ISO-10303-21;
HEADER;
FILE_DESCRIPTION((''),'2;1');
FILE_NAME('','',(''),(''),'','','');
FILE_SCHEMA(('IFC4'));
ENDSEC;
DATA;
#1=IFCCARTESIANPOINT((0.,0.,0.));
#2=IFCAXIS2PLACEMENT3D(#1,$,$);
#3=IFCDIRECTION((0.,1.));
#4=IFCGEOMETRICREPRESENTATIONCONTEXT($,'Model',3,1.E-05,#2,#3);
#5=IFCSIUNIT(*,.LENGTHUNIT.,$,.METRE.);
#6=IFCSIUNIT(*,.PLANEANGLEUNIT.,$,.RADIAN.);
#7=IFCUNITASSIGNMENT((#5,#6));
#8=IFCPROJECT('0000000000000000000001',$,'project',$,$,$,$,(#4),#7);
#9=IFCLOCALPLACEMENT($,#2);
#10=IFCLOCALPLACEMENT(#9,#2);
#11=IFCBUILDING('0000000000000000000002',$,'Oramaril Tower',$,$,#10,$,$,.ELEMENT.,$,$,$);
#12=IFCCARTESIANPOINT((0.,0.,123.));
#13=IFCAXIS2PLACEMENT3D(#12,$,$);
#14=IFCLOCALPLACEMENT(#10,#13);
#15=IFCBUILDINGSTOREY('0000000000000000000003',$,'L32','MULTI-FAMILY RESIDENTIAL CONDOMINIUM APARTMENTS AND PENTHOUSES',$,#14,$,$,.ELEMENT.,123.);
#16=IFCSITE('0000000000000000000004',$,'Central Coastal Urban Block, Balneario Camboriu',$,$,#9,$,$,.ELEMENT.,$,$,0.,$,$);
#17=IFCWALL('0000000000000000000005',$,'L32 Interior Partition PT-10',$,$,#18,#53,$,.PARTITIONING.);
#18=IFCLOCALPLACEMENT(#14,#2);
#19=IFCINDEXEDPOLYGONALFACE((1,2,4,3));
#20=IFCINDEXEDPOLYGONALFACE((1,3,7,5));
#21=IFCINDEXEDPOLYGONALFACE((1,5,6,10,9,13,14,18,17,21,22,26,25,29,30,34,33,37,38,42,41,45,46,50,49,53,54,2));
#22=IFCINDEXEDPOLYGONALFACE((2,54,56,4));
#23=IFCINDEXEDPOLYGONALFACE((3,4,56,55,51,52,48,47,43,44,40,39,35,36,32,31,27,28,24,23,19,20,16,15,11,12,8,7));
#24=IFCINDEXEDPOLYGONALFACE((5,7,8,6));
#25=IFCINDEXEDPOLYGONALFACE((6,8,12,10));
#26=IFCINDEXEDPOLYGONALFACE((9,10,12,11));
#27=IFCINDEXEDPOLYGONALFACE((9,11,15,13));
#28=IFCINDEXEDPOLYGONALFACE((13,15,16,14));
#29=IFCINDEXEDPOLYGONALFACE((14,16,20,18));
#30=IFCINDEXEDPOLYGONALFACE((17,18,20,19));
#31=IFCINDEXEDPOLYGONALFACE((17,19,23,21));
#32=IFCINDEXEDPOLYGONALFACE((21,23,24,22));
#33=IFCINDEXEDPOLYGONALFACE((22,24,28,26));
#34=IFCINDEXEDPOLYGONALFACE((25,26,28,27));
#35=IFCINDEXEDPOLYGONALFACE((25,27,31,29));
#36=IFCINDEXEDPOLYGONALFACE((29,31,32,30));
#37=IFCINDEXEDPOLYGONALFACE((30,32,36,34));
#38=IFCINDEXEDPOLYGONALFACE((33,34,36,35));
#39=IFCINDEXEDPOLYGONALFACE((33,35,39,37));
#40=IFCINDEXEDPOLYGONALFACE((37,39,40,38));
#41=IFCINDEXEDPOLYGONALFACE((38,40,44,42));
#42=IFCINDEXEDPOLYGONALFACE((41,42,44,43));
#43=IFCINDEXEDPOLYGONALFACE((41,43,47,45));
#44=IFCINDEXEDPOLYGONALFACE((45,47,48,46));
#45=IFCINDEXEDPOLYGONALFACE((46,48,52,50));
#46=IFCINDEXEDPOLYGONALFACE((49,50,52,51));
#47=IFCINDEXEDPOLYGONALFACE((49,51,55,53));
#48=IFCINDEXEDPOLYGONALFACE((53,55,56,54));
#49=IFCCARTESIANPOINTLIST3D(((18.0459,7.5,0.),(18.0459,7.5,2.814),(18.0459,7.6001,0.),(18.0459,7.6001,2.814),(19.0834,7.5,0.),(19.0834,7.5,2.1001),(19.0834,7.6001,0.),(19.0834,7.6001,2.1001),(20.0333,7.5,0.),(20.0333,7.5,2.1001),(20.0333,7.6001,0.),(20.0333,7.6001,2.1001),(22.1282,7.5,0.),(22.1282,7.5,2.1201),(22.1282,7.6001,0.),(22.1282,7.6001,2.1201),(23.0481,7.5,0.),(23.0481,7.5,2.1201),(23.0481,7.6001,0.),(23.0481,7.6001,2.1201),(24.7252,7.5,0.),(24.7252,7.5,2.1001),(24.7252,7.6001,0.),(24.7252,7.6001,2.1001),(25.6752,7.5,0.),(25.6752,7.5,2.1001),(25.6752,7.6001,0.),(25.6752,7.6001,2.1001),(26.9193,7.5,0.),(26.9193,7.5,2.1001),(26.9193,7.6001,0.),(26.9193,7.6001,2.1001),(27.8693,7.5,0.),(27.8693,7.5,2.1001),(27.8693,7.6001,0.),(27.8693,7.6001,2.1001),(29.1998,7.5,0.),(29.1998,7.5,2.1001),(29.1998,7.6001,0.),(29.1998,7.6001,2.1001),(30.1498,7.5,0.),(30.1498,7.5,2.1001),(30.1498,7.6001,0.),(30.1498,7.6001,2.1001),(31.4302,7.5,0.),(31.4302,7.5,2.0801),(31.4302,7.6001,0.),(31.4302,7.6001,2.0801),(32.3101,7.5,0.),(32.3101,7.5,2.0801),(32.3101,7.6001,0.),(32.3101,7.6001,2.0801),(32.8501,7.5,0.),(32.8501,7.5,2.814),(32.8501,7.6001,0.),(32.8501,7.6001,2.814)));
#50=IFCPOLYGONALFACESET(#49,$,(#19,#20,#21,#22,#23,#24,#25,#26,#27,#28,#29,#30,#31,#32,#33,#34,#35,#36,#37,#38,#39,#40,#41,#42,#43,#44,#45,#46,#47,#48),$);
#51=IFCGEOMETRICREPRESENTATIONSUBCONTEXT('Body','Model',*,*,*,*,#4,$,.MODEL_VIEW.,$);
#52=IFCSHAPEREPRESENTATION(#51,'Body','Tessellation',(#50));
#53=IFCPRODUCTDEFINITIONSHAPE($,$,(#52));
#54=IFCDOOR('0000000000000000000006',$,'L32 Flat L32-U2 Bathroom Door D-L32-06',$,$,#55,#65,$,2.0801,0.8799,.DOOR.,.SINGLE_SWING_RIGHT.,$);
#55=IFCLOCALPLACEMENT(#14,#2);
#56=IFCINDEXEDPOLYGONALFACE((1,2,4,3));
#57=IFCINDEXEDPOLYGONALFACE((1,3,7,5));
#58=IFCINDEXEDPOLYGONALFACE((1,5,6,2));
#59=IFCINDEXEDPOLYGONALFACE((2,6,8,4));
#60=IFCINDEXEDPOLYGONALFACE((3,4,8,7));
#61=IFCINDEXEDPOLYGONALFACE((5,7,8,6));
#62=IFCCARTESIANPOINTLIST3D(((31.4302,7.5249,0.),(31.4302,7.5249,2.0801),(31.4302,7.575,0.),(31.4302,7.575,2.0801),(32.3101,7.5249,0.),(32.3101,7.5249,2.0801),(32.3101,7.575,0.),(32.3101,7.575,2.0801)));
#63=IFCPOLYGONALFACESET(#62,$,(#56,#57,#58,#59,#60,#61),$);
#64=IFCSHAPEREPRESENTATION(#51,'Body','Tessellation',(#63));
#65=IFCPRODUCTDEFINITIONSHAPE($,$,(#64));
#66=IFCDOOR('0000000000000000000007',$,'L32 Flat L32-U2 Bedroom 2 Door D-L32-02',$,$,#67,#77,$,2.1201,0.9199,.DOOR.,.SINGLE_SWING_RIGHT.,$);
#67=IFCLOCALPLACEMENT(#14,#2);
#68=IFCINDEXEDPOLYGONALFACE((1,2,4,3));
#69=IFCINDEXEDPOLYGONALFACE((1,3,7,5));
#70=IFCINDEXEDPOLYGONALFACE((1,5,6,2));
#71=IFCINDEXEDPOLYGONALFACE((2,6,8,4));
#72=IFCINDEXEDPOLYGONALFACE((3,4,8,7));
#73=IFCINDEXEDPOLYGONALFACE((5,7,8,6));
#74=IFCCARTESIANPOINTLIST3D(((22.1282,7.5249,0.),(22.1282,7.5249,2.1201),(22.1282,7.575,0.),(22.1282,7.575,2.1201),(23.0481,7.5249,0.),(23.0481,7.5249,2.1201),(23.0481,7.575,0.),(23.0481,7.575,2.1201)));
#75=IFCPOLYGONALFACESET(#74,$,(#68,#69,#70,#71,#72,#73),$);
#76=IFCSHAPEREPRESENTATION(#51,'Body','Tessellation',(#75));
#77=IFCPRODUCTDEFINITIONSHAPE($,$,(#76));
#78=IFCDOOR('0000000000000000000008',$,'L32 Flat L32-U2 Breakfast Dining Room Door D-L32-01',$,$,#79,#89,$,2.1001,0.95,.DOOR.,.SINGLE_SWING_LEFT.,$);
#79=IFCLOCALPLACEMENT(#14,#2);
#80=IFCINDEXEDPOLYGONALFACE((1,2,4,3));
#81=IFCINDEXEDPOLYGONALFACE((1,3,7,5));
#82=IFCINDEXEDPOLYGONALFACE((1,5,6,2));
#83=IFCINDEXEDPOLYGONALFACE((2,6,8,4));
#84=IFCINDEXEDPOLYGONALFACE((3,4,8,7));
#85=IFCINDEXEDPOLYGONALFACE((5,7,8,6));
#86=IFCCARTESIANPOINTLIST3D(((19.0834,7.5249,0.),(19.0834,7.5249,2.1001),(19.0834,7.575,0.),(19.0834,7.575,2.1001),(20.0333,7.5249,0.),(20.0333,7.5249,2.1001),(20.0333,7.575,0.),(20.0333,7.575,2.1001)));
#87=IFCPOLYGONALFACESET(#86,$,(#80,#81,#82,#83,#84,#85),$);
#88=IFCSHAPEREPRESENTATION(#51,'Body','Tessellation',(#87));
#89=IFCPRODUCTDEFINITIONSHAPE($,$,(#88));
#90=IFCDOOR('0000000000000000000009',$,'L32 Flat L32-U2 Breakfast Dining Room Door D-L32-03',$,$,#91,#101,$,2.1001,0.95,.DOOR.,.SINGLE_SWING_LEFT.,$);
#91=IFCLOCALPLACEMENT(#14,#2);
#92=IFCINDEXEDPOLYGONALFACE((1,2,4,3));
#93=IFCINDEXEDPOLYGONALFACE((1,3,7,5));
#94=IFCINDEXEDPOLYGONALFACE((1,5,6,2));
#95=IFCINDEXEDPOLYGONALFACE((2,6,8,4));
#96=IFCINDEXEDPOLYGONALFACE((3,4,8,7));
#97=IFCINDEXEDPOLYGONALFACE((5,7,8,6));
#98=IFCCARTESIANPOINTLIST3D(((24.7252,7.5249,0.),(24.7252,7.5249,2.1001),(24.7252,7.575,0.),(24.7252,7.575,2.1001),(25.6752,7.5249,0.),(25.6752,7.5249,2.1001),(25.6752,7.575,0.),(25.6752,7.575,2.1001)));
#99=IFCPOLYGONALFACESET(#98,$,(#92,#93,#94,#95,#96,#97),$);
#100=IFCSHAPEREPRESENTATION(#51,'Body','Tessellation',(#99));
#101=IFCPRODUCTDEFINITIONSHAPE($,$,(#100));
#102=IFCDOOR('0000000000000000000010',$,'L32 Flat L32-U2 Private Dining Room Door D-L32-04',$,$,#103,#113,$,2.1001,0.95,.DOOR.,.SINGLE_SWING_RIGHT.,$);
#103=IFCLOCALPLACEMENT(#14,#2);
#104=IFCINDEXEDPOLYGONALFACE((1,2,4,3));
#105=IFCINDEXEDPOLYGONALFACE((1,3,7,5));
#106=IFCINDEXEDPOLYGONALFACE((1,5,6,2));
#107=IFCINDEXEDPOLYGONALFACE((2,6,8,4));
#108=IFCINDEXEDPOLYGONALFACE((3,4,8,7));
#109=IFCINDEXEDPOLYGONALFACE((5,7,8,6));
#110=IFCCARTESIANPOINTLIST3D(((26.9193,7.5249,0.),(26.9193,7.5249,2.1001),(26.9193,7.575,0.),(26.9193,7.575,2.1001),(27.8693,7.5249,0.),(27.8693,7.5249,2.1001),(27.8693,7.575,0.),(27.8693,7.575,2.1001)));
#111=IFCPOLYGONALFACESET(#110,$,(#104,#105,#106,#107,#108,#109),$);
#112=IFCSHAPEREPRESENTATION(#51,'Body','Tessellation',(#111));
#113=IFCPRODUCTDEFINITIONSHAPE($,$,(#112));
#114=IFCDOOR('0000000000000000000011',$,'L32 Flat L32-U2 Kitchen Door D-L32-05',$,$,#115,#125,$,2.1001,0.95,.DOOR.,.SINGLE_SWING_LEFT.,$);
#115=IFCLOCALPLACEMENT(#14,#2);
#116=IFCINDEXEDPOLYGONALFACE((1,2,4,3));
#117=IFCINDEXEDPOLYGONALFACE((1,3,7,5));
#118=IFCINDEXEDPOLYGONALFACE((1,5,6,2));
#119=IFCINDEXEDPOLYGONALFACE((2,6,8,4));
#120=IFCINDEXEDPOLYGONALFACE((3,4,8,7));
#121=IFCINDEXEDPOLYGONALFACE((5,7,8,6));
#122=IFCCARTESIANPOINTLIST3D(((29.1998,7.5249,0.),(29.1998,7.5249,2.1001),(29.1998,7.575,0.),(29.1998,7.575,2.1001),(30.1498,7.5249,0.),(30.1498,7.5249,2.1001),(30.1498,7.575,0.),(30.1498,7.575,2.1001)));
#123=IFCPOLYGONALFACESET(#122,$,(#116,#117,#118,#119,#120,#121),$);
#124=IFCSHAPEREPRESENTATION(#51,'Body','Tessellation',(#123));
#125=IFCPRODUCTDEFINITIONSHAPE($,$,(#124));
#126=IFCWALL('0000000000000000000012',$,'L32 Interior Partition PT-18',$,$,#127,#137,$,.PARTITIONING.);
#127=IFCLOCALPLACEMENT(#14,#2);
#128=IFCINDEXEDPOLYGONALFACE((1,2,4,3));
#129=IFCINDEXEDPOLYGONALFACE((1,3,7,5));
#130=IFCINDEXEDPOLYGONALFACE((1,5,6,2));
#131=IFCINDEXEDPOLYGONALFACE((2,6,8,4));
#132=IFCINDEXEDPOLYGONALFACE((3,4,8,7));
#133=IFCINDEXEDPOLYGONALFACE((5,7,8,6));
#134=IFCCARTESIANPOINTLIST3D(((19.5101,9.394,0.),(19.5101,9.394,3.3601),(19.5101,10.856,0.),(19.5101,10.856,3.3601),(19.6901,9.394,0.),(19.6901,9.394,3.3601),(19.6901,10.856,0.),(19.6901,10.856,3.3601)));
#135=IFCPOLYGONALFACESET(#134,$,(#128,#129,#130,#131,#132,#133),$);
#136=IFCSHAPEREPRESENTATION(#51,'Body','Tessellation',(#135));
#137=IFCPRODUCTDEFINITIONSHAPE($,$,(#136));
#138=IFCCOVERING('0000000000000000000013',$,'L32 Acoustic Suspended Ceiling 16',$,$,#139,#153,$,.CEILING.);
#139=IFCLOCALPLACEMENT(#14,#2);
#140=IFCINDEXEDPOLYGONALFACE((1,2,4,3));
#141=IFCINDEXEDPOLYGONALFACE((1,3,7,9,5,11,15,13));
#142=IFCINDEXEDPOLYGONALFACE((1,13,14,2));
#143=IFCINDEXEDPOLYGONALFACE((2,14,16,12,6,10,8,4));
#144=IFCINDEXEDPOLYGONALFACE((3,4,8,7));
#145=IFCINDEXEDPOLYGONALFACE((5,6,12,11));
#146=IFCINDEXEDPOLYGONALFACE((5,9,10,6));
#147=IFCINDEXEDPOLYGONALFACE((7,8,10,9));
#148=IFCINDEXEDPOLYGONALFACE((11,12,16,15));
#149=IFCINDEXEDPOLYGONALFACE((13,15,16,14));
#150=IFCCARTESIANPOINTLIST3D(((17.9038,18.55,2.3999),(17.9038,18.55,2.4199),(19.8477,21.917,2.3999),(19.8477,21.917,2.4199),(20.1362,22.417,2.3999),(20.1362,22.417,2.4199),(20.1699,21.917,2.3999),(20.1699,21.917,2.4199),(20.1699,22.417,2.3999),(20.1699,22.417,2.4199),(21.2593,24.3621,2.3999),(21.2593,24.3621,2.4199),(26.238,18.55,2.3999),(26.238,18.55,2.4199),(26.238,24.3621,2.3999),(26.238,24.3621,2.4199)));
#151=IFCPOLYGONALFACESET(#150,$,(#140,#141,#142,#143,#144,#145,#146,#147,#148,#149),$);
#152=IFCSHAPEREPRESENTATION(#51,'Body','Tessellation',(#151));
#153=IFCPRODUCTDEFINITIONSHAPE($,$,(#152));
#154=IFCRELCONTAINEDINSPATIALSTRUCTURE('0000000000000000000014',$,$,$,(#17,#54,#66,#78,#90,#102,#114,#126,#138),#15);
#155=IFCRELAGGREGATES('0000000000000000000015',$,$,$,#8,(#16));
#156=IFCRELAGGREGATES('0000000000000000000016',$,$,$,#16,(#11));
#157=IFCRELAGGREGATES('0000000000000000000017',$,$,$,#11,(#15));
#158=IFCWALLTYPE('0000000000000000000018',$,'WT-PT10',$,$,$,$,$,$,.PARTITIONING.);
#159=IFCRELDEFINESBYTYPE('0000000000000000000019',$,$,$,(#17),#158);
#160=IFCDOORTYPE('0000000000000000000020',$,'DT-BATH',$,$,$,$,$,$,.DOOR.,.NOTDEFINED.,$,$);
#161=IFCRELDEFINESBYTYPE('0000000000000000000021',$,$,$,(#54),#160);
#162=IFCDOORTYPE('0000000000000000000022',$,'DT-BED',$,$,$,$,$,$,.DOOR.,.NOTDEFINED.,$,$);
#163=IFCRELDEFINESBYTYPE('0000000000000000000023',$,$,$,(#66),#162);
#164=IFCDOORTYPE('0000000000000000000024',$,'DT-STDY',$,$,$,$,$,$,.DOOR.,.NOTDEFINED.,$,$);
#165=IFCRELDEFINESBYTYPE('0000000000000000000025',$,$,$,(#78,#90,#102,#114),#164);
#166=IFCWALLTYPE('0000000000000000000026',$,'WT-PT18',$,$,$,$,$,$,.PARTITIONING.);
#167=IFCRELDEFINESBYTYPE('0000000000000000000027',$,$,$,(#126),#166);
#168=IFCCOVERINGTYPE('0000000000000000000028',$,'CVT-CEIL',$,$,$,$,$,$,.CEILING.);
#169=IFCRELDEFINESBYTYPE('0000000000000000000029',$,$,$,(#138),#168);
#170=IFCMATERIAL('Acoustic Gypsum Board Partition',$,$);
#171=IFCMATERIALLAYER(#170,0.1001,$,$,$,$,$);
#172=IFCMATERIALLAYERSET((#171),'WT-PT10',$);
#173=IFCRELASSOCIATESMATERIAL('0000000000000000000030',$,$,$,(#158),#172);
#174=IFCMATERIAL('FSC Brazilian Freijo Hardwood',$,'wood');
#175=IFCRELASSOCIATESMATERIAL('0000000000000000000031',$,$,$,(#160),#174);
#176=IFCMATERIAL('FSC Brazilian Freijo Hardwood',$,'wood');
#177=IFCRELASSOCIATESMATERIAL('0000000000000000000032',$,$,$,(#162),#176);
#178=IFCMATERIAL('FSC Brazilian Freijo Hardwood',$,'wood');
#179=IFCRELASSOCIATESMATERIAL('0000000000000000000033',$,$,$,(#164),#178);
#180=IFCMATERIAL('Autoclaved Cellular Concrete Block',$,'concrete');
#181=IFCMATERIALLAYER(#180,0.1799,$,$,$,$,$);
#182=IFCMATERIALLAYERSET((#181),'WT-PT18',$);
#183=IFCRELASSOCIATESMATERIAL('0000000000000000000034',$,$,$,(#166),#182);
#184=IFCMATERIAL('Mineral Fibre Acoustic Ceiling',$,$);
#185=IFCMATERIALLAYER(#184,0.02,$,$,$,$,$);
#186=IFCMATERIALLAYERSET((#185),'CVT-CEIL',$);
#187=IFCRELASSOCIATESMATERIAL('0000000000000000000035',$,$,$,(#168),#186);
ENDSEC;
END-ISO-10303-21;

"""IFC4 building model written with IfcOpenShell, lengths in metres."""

from ifc_helpers import new_model, si_unit, direction, frame, frame_2d, origin, place, context, subcontext, project, spatial, polyline, rectangle, outline, extrude, material, layer, layer_set, type_object, element, fill, save


model = new_model("IFC4")

# Units and contexts
model_context = context("Model", 3, precision=1e-05, world=origin(), true_north=direction((0.0, 1.0)))
body_context = subcontext(model_context, "Body", "Model", "MODEL_VIEW")
ifc_project = project(units=[si_unit("LENGTHUNIT", "METRE"), si_unit("PLANEANGLEUNIT", "RADIAN")], contexts=[model_context])

# Site, building, storey
site_placement = place(None, origin())
site = spatial("IfcSite", under=ifc_project, at=site_placement, Name="Central Coastal Urban Block, Balneario Camboriu", CompositionType="ELEMENT", RefElevation=0.0)
building_placement = place(site_placement, origin())
building = spatial("IfcBuilding", under=site, at=building_placement, Name="Oramaril Tower", CompositionType="ELEMENT")
storey_placement = place(building_placement, frame((0.0, 0.0, 123.0)))
storey = spatial("IfcBuildingStorey", under=building, at=storey_placement, Name="L32", Description="MULTI-FAMILY RESIDENTIAL CONDOMINIUM APARTMENTS AND PENTHOUSES", CompositionType="ELEMENT", Elevation=123.0)

# Wall, openings, doors
ifc_material_1 = material(Name="Acoustic Gypsum Board Partition")
ifc_layer_1 = layer(ifc_material_1, 0.1001)
ifc_layer_set_1 = layer_set([ifc_layer_1], Name="WT-PT10")
wall_type_1 = type_object("IfcWallType", Name="WT-PT10", PredefinedType="PARTITIONING", material=ifc_layer_set_1)
wall_1_placement = place(storey_placement, frame((18.0459, 7.55, 0.0), z_axis=(0.0, 0.0, 1.0), x_axis=(1.0, 0.0, 0.0)))
wall_1 = element("IfcWall", 1, at=wall_1_placement, inside=storey, type_object=wall_type_1, Name="L32 Interior Partition PT-10", PredefinedType="PARTITIONING", context=body_context, shape_type="SweptSolid", body=[
    extrude(rectangle(XDim=14.8042, YDim=0.1001, at=frame_2d((7.4021, 0.0))), origin(), (0.0, 0.0, 1.0), 2.814),
])
opening_1_placement = place(wall_1_placement, frame((1.0374, 0.0, 0.0)))
opening_1 = element("IfcOpeningElement", 2, at=opening_1_placement, cuts=wall_1, PredefinedType="OPENING", context=body_context, shape_type="SweptSolid", body=[
    extrude(rectangle(XDim=0.95, YDim=2.1001, at=frame_2d((0.4751, 1.05))), frame((0.0, 0.05, 0.0), z_axis=(0.0, -1.0, 0.0), x_axis=(1.0, 0.0, 0.0)), (0.0, 0.0, 1.0), 0.1001),
])
opening_2_placement = place(wall_1_placement, frame((4.0823, 0.0, 0.0)))
opening_2 = element("IfcOpeningElement", 3, at=opening_2_placement, cuts=wall_1, PredefinedType="OPENING", context=body_context, shape_type="SweptSolid", body=[
    extrude(rectangle(XDim=0.9199, YDim=2.1201, at=frame_2d((0.46, 1.0601))), frame((0.0, 0.05, 0.0), z_axis=(0.0, -1.0, 0.0), x_axis=(1.0, 0.0, 0.0)), (0.0, 0.0, 1.0), 0.1001),
])
opening_3_placement = place(wall_1_placement, frame((6.6792, 0.0, 0.0)))
opening_3 = element("IfcOpeningElement", 4, at=opening_3_placement, cuts=wall_1, PredefinedType="OPENING", context=body_context, shape_type="SweptSolid", body=[
    extrude(rectangle(XDim=0.95, YDim=2.1001, at=frame_2d((0.4751, 1.05))), frame((0.0, 0.05, 0.0), z_axis=(0.0, -1.0, 0.0), x_axis=(1.0, 0.0, 0.0)), (0.0, 0.0, 1.0), 0.1001),
])
opening_4_placement = place(wall_1_placement, frame((8.8733, 0.0, 0.0)))
opening_4 = element("IfcOpeningElement", 5, at=opening_4_placement, cuts=wall_1, PredefinedType="OPENING", context=body_context, shape_type="SweptSolid", body=[
    extrude(rectangle(XDim=0.95, YDim=2.1001, at=frame_2d((0.4751, 1.05))), frame((0.0, 0.05, 0.0), z_axis=(0.0, -1.0, 0.0), x_axis=(1.0, 0.0, 0.0)), (0.0, 0.0, 1.0), 0.1001),
])
opening_5_placement = place(wall_1_placement, frame((11.1538, 0.0, 0.0)))
opening_5 = element("IfcOpeningElement", 6, at=opening_5_placement, cuts=wall_1, PredefinedType="OPENING", context=body_context, shape_type="SweptSolid", body=[
    extrude(rectangle(XDim=0.95, YDim=2.1001, at=frame_2d((0.4751, 1.05))), frame((0.0, 0.05, 0.0), z_axis=(0.0, -1.0, 0.0), x_axis=(1.0, 0.0, 0.0)), (0.0, 0.0, 1.0), 0.1001),
])
opening_6_placement = place(wall_1_placement, frame((13.3843, 0.0, 0.0)))
opening_6 = element("IfcOpeningElement", 7, at=opening_6_placement, cuts=wall_1, PredefinedType="OPENING", context=body_context, shape_type="SweptSolid", body=[
    extrude(rectangle(XDim=0.8799, YDim=2.0801, at=frame_2d((0.4399, 1.04))), frame((0.0, 0.05, 0.0), z_axis=(0.0, -1.0, 0.0), x_axis=(1.0, 0.0, 0.0)), (0.0, 0.0, 1.0), 0.1001),
])
ifc_material_2 = material(Name="FSC Brazilian Freijo Hardwood", Category="wood")
door_type_1 = type_object("IfcDoorType", Name="DT-BATH", OperationType="NOTDEFINED", PredefinedType="DOOR", material=ifc_material_2)
door_1_placement = place(opening_6_placement, origin())
door_1 = element("IfcDoor", 8, at=door_1_placement, inside=storey, type_object=door_type_1, Name="L32 Flat L32-U2 Bathroom Door D-L32-06", OperationType="SINGLE_SWING_RIGHT", OverallHeight=2.0801, OverallWidth=0.8799, PredefinedType="DOOR", context=body_context, shape_type="SweptSolid", body=[
    extrude(rectangle(XDim=0.8799, YDim=2.0801, at=frame_2d((0.4399, 1.04))), frame((0.0, 0.0249, 0.0), z_axis=(0.0, -1.0, 0.0), x_axis=(1.0, 0.0, 0.0)), (0.0, 0.0, 1.0), 0.05),
])
fill(opening_6, door_1)
ifc_material_3 = material(Name="FSC Brazilian Freijo Hardwood", Category="wood")
door_type_2 = type_object("IfcDoorType", Name="DT-BED", OperationType="NOTDEFINED", PredefinedType="DOOR", material=ifc_material_3)
door_2_placement = place(opening_2_placement, origin())
door_2 = element("IfcDoor", 9, at=door_2_placement, inside=storey, type_object=door_type_2, Name="L32 Flat L32-U2 Bedroom 2 Door D-L32-02", OperationType="SINGLE_SWING_RIGHT", OverallHeight=2.1201, OverallWidth=0.9199, PredefinedType="DOOR", context=body_context, shape_type="SweptSolid", body=[
    extrude(rectangle(XDim=0.9199, YDim=2.1201, at=frame_2d((0.46, 1.0601))), frame((0.0, 0.0249, 0.0), z_axis=(0.0, -1.0, 0.0), x_axis=(1.0, 0.0, 0.0)), (0.0, 0.0, 1.0), 0.05),
])
fill(opening_2, door_2)
ifc_material_4 = material(Name="FSC Brazilian Freijo Hardwood", Category="wood")
door_type_3 = type_object("IfcDoorType", Name="DT-STDY", OperationType="NOTDEFINED", PredefinedType="DOOR", material=ifc_material_4)
door_3_placement = place(opening_1_placement, origin())
door_3 = element("IfcDoor", 10, at=door_3_placement, inside=storey, type_object=door_type_3, Name="L32 Flat L32-U2 Breakfast Dining Room Door D-L32-01", OperationType="SINGLE_SWING_LEFT", OverallHeight=2.1001, OverallWidth=0.95, PredefinedType="DOOR", context=body_context, shape_type="SweptSolid", body=[
    extrude(rectangle(XDim=0.95, YDim=2.1001, at=frame_2d((0.4751, 1.05))), frame((0.0, 0.0249, 0.0), z_axis=(0.0, -1.0, 0.0), x_axis=(1.0, 0.0, 0.0)), (0.0, 0.0, 1.0), 0.05),
])
fill(opening_1, door_3)
door_4_placement = place(opening_3_placement, origin())
door_4 = element("IfcDoor", 11, at=door_4_placement, inside=storey, type_object=door_type_3, Name="L32 Flat L32-U2 Breakfast Dining Room Door D-L32-03", OperationType="SINGLE_SWING_LEFT", OverallHeight=2.1001, OverallWidth=0.95, PredefinedType="DOOR", context=body_context, shape_type="SweptSolid", body=[
    extrude(rectangle(XDim=0.95, YDim=2.1001, at=frame_2d((0.4751, 1.05))), frame((0.0, 0.0249, 0.0), z_axis=(0.0, -1.0, 0.0), x_axis=(1.0, 0.0, 0.0)), (0.0, 0.0, 1.0), 0.05),
])
fill(opening_3, door_4)
door_5_placement = place(opening_4_placement, origin())
door_5 = element("IfcDoor", 12, at=door_5_placement, inside=storey, type_object=door_type_3, Name="L32 Flat L32-U2 Private Dining Room Door D-L32-04", OperationType="SINGLE_SWING_RIGHT", OverallHeight=2.1001, OverallWidth=0.95, PredefinedType="DOOR", context=body_context, shape_type="SweptSolid", body=[
    extrude(rectangle(XDim=0.95, YDim=2.1001, at=frame_2d((0.4751, 1.05))), frame((0.0, 0.0249, 0.0), z_axis=(0.0, -1.0, 0.0), x_axis=(1.0, 0.0, 0.0)), (0.0, 0.0, 1.0), 0.05),
])
fill(opening_4, door_5)
door_6_placement = place(opening_5_placement, origin())
door_6 = element("IfcDoor", 13, at=door_6_placement, inside=storey, type_object=door_type_3, Name="L32 Flat L32-U2 Kitchen Door D-L32-05", OperationType="SINGLE_SWING_LEFT", OverallHeight=2.1001, OverallWidth=0.95, PredefinedType="DOOR", context=body_context, shape_type="SweptSolid", body=[
    extrude(rectangle(XDim=0.95, YDim=2.1001, at=frame_2d((0.4751, 1.05))), frame((0.0, 0.0249, 0.0), z_axis=(0.0, -1.0, 0.0), x_axis=(1.0, 0.0, 0.0)), (0.0, 0.0, 1.0), 0.05),
])
fill(opening_5, door_6)
ifc_material_5 = material(Name="Autoclaved Cellular Concrete Block", Category="concrete")
ifc_layer_2 = layer(ifc_material_5, 0.1799)
ifc_layer_set_2 = layer_set([ifc_layer_2], Name="WT-PT18")
wall_type_2 = type_object("IfcWallType", Name="WT-PT18", PredefinedType="PARTITIONING", material=ifc_layer_set_2)

# Wall
wall_2_placement = place(storey_placement, frame((19.6001, 9.394, 0.0), z_axis=(0.0, 0.0, 1.0), x_axis=(0.0, 1.0, 0.0)))
element("IfcWall", 14, at=wall_2_placement, inside=storey, type_object=wall_type_2, Name="L32 Interior Partition PT-18", PredefinedType="PARTITIONING", context=body_context, shape_type="SweptSolid", body=[
    extrude(rectangle(XDim=1.4619, YDim=0.1799, at=frame_2d((0.731, 0.0))), origin(), (0.0, 0.0, 1.0), 3.3601),
])

# Covering
ifc_material_6 = material(Name="Mineral Fibre Acoustic Ceiling")
ifc_layer_3 = layer(ifc_material_6, 0.02)
ifc_layer_set_3 = layer_set([ifc_layer_3], Name="CVT-CEIL")
covering_type_1 = type_object("IfcCoveringType", Name="CVT-CEIL", PredefinedType="CEILING", material=ifc_layer_set_3)
covering_1_placement = place(storey_placement, frame((0.0, 0.0, 2.3999)))
element("IfcCovering", 15, at=covering_1_placement, inside=storey, type_object=covering_type_1, Name="L32 Acoustic Suspended Ceiling 16", PredefinedType="CEILING", context=body_context, shape_type="SweptSolid", body=[
    extrude(outline(polyline([(19.8477, 21.917), (20.1699, 21.917), (20.1699, 22.417), (20.1362, 22.417), (21.2593, 24.3621), (26.238, 24.3621), (26.238, 18.55), (17.9038, 18.55), (19.8477, 21.917)])), origin(), (0.0, 0.0, 1.0), 0.02),
])

save(model, "model.ifc")
